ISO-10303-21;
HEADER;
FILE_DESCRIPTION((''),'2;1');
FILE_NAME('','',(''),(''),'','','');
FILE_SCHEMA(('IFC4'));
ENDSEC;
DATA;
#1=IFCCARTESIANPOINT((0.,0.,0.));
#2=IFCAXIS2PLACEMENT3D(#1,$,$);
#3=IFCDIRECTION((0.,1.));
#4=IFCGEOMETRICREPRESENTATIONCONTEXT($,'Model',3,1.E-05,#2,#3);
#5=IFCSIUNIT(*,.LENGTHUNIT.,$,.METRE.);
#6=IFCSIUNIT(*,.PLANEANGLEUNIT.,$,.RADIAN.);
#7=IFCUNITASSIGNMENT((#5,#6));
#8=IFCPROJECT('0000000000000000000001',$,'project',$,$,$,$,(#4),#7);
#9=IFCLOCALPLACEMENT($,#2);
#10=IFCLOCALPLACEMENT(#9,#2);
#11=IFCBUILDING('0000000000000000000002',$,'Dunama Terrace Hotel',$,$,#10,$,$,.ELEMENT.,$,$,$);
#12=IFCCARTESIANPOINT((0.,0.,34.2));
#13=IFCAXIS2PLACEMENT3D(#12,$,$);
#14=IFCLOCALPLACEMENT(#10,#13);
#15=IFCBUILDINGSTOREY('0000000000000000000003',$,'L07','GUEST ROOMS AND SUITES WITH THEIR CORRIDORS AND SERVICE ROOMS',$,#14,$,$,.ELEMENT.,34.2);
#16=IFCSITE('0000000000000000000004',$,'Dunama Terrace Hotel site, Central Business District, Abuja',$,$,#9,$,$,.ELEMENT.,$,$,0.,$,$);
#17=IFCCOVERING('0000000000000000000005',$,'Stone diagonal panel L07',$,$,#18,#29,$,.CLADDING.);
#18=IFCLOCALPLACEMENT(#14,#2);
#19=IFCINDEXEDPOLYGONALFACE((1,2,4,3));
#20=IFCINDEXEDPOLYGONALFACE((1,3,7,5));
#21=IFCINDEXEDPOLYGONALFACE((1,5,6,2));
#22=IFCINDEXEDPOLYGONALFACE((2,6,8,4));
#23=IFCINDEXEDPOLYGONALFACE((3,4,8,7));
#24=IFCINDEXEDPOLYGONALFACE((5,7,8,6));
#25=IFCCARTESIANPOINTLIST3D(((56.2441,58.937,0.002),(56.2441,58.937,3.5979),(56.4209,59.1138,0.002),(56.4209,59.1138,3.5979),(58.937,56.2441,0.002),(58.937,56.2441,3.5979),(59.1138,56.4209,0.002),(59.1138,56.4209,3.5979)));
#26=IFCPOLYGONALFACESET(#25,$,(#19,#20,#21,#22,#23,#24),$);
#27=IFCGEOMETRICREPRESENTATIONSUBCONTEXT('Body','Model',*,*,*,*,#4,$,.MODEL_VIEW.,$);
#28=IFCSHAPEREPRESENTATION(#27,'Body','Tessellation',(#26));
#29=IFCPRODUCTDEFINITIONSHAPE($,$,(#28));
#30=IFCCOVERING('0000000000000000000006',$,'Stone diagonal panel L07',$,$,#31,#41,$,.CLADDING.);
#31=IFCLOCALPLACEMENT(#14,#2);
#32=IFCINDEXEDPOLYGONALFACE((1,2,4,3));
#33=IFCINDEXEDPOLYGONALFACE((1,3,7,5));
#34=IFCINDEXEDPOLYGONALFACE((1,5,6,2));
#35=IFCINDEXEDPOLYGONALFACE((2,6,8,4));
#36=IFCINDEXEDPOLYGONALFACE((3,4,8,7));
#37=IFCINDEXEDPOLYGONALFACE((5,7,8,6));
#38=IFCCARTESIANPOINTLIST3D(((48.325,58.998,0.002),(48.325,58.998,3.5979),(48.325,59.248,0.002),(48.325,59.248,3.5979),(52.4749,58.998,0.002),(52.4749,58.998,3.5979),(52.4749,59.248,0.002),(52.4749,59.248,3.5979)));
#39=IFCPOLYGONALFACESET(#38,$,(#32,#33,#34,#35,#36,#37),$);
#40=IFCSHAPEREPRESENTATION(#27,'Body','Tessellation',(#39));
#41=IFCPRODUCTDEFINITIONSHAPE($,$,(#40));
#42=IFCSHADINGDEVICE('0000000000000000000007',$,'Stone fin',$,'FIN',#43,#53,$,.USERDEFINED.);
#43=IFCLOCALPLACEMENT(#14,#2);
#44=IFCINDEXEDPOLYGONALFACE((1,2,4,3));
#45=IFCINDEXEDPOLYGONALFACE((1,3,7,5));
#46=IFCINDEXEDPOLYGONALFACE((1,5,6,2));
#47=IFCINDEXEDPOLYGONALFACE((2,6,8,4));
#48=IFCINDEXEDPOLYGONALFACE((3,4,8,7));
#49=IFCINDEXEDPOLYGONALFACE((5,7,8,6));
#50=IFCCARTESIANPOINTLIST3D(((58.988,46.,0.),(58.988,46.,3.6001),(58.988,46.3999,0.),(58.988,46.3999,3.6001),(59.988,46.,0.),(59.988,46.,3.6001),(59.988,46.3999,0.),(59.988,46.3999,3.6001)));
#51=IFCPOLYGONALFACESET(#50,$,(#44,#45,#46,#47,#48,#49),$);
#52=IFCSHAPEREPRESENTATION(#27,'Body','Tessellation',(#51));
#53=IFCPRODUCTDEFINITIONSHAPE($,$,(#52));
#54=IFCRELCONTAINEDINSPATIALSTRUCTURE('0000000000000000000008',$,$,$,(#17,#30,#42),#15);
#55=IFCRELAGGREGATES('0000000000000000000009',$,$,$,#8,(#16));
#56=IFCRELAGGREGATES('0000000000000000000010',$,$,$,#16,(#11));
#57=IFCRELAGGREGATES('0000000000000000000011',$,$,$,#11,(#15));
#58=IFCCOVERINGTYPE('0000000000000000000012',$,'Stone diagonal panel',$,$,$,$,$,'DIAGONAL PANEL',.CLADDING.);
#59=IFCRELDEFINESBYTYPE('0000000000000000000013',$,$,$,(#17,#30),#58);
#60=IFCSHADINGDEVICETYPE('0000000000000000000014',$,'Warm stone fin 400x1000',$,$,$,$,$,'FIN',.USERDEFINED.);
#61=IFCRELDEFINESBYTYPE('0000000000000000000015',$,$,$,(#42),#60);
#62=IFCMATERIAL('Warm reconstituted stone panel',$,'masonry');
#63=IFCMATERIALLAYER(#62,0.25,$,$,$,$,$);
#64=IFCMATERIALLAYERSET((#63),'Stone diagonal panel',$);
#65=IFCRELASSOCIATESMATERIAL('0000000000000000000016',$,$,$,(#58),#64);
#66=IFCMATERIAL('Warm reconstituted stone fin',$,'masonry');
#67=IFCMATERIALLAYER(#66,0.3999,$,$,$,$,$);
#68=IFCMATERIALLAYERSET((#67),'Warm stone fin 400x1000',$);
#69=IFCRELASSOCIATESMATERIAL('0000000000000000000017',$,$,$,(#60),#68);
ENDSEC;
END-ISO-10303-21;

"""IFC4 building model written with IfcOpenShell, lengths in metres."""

from ifc_helpers import new_model, si_unit, direction, frame, origin, origin_2d, place, context, subcontext, project, spatial, rectangle, extrude, material, layer, layer_set, type_object, element, save


model = new_model("IFC4")

# Units and contexts
model_context = context("Model", 3, precision=1e-05, world=origin(), true_north=direction((0.0, 1.0)))
body_context = subcontext(model_context, "Body", "Model", "MODEL_VIEW")
ifc_project = project(units=[si_unit("LENGTHUNIT", "METRE"), si_unit("PLANEANGLEUNIT", "RADIAN")], contexts=[model_context])

# Site, building, storey
site_placement = place(None, origin())
site = spatial("IfcSite", under=ifc_project, at=site_placement, Name="Dunama Terrace Hotel site, Central Business District, Abuja", CompositionType="ELEMENT", RefElevation=0.0)
building_placement = place(site_placement, origin())
building = spatial("IfcBuilding", under=site, at=building_placement, Name="Dunama Terrace Hotel", CompositionType="ELEMENT")
storey_placement = place(building_placement, frame((0.0, 0.0, 34.2)))
storey = spatial("IfcBuildingStorey", under=building, at=storey_placement, Name="L07", Description="GUEST ROOMS AND SUITES WITH THEIR CORRIDORS AND SERVICE ROOMS", CompositionType="ELEMENT", Elevation=34.2)

# Coverings
ifc_material_1 = material(Name="Warm reconstituted stone panel", Category="masonry")
ifc_layer_1 = layer(ifc_material_1, 0.25)
ifc_layer_set_1 = layer_set([ifc_layer_1], Name="Stone diagonal panel")
covering_type = type_object("IfcCoveringType", Name="Stone diagonal panel", ElementType="DIAGONAL PANEL", PredefinedType="CLADDING", material=ifc_layer_set_1)
covering_1_placement = place(storey_placement, frame((57.679, 57.679, 0.002), z_axis=(0.0, 0.0, 1.0), x_axis=(-0.707107, 0.707107, 0.0)))
element("IfcCovering", 1, at=covering_1_placement, inside=storey, type_object=covering_type, Name="Stone diagonal panel L07", PredefinedType="CLADDING", context=body_context, shape_type="SweptSolid", body=[
    extrude(rectangle(XDim=3.8083, YDim=0.25, at=origin_2d()), origin(), (0.0, 0.0, 1.0), 3.5959),
])
covering_2_placement = place(storey_placement, frame((50.3999, 59.123, 0.002), z_axis=(0.0, 0.0, 1.0), x_axis=(-1.0, 0.0, 0.0)))
element("IfcCovering", 2, at=covering_2_placement, inside=storey, type_object=covering_type, Name="Stone diagonal panel L07", PredefinedType="CLADDING", context=body_context, shape_type="SweptSolid", body=[
    extrude(rectangle(XDim=4.1499, YDim=0.25, at=origin_2d()), origin(), (0.0, 0.0, 1.0), 3.5959),
])

# Shading device
ifc_material_2 = material(Name="Warm reconstituted stone fin", Category="masonry")
ifc_layer_2 = layer(ifc_material_2, 0.3999)
ifc_layer_set_2 = layer_set([ifc_layer_2], Name="Warm stone fin 400x1000")
shading_device_type = type_object("IfcShadingDeviceType", Name="Warm stone fin 400x1000", ElementType="FIN", PredefinedType="USERDEFINED", material=ifc_layer_set_2)
shading_device_placement = place(storey_placement, frame((59.488, 46.2, 0.0), z_axis=(0.0, 0.0, 1.0), x_axis=(0.0, 1.0, 0.0)))
element("IfcShadingDevice", 3, at=shading_device_placement, inside=storey, type_object=shading_device_type, Name="Stone fin", ObjectType="FIN", PredefinedType="USERDEFINED", context=body_context, shape_type="SweptSolid", body=[
    extrude(rectangle(XDim=0.3999, YDim=1.0, at=origin_2d()), origin(), (0.0, 0.0, 1.0), 3.6001),
])

save(model, "model.ifc")
